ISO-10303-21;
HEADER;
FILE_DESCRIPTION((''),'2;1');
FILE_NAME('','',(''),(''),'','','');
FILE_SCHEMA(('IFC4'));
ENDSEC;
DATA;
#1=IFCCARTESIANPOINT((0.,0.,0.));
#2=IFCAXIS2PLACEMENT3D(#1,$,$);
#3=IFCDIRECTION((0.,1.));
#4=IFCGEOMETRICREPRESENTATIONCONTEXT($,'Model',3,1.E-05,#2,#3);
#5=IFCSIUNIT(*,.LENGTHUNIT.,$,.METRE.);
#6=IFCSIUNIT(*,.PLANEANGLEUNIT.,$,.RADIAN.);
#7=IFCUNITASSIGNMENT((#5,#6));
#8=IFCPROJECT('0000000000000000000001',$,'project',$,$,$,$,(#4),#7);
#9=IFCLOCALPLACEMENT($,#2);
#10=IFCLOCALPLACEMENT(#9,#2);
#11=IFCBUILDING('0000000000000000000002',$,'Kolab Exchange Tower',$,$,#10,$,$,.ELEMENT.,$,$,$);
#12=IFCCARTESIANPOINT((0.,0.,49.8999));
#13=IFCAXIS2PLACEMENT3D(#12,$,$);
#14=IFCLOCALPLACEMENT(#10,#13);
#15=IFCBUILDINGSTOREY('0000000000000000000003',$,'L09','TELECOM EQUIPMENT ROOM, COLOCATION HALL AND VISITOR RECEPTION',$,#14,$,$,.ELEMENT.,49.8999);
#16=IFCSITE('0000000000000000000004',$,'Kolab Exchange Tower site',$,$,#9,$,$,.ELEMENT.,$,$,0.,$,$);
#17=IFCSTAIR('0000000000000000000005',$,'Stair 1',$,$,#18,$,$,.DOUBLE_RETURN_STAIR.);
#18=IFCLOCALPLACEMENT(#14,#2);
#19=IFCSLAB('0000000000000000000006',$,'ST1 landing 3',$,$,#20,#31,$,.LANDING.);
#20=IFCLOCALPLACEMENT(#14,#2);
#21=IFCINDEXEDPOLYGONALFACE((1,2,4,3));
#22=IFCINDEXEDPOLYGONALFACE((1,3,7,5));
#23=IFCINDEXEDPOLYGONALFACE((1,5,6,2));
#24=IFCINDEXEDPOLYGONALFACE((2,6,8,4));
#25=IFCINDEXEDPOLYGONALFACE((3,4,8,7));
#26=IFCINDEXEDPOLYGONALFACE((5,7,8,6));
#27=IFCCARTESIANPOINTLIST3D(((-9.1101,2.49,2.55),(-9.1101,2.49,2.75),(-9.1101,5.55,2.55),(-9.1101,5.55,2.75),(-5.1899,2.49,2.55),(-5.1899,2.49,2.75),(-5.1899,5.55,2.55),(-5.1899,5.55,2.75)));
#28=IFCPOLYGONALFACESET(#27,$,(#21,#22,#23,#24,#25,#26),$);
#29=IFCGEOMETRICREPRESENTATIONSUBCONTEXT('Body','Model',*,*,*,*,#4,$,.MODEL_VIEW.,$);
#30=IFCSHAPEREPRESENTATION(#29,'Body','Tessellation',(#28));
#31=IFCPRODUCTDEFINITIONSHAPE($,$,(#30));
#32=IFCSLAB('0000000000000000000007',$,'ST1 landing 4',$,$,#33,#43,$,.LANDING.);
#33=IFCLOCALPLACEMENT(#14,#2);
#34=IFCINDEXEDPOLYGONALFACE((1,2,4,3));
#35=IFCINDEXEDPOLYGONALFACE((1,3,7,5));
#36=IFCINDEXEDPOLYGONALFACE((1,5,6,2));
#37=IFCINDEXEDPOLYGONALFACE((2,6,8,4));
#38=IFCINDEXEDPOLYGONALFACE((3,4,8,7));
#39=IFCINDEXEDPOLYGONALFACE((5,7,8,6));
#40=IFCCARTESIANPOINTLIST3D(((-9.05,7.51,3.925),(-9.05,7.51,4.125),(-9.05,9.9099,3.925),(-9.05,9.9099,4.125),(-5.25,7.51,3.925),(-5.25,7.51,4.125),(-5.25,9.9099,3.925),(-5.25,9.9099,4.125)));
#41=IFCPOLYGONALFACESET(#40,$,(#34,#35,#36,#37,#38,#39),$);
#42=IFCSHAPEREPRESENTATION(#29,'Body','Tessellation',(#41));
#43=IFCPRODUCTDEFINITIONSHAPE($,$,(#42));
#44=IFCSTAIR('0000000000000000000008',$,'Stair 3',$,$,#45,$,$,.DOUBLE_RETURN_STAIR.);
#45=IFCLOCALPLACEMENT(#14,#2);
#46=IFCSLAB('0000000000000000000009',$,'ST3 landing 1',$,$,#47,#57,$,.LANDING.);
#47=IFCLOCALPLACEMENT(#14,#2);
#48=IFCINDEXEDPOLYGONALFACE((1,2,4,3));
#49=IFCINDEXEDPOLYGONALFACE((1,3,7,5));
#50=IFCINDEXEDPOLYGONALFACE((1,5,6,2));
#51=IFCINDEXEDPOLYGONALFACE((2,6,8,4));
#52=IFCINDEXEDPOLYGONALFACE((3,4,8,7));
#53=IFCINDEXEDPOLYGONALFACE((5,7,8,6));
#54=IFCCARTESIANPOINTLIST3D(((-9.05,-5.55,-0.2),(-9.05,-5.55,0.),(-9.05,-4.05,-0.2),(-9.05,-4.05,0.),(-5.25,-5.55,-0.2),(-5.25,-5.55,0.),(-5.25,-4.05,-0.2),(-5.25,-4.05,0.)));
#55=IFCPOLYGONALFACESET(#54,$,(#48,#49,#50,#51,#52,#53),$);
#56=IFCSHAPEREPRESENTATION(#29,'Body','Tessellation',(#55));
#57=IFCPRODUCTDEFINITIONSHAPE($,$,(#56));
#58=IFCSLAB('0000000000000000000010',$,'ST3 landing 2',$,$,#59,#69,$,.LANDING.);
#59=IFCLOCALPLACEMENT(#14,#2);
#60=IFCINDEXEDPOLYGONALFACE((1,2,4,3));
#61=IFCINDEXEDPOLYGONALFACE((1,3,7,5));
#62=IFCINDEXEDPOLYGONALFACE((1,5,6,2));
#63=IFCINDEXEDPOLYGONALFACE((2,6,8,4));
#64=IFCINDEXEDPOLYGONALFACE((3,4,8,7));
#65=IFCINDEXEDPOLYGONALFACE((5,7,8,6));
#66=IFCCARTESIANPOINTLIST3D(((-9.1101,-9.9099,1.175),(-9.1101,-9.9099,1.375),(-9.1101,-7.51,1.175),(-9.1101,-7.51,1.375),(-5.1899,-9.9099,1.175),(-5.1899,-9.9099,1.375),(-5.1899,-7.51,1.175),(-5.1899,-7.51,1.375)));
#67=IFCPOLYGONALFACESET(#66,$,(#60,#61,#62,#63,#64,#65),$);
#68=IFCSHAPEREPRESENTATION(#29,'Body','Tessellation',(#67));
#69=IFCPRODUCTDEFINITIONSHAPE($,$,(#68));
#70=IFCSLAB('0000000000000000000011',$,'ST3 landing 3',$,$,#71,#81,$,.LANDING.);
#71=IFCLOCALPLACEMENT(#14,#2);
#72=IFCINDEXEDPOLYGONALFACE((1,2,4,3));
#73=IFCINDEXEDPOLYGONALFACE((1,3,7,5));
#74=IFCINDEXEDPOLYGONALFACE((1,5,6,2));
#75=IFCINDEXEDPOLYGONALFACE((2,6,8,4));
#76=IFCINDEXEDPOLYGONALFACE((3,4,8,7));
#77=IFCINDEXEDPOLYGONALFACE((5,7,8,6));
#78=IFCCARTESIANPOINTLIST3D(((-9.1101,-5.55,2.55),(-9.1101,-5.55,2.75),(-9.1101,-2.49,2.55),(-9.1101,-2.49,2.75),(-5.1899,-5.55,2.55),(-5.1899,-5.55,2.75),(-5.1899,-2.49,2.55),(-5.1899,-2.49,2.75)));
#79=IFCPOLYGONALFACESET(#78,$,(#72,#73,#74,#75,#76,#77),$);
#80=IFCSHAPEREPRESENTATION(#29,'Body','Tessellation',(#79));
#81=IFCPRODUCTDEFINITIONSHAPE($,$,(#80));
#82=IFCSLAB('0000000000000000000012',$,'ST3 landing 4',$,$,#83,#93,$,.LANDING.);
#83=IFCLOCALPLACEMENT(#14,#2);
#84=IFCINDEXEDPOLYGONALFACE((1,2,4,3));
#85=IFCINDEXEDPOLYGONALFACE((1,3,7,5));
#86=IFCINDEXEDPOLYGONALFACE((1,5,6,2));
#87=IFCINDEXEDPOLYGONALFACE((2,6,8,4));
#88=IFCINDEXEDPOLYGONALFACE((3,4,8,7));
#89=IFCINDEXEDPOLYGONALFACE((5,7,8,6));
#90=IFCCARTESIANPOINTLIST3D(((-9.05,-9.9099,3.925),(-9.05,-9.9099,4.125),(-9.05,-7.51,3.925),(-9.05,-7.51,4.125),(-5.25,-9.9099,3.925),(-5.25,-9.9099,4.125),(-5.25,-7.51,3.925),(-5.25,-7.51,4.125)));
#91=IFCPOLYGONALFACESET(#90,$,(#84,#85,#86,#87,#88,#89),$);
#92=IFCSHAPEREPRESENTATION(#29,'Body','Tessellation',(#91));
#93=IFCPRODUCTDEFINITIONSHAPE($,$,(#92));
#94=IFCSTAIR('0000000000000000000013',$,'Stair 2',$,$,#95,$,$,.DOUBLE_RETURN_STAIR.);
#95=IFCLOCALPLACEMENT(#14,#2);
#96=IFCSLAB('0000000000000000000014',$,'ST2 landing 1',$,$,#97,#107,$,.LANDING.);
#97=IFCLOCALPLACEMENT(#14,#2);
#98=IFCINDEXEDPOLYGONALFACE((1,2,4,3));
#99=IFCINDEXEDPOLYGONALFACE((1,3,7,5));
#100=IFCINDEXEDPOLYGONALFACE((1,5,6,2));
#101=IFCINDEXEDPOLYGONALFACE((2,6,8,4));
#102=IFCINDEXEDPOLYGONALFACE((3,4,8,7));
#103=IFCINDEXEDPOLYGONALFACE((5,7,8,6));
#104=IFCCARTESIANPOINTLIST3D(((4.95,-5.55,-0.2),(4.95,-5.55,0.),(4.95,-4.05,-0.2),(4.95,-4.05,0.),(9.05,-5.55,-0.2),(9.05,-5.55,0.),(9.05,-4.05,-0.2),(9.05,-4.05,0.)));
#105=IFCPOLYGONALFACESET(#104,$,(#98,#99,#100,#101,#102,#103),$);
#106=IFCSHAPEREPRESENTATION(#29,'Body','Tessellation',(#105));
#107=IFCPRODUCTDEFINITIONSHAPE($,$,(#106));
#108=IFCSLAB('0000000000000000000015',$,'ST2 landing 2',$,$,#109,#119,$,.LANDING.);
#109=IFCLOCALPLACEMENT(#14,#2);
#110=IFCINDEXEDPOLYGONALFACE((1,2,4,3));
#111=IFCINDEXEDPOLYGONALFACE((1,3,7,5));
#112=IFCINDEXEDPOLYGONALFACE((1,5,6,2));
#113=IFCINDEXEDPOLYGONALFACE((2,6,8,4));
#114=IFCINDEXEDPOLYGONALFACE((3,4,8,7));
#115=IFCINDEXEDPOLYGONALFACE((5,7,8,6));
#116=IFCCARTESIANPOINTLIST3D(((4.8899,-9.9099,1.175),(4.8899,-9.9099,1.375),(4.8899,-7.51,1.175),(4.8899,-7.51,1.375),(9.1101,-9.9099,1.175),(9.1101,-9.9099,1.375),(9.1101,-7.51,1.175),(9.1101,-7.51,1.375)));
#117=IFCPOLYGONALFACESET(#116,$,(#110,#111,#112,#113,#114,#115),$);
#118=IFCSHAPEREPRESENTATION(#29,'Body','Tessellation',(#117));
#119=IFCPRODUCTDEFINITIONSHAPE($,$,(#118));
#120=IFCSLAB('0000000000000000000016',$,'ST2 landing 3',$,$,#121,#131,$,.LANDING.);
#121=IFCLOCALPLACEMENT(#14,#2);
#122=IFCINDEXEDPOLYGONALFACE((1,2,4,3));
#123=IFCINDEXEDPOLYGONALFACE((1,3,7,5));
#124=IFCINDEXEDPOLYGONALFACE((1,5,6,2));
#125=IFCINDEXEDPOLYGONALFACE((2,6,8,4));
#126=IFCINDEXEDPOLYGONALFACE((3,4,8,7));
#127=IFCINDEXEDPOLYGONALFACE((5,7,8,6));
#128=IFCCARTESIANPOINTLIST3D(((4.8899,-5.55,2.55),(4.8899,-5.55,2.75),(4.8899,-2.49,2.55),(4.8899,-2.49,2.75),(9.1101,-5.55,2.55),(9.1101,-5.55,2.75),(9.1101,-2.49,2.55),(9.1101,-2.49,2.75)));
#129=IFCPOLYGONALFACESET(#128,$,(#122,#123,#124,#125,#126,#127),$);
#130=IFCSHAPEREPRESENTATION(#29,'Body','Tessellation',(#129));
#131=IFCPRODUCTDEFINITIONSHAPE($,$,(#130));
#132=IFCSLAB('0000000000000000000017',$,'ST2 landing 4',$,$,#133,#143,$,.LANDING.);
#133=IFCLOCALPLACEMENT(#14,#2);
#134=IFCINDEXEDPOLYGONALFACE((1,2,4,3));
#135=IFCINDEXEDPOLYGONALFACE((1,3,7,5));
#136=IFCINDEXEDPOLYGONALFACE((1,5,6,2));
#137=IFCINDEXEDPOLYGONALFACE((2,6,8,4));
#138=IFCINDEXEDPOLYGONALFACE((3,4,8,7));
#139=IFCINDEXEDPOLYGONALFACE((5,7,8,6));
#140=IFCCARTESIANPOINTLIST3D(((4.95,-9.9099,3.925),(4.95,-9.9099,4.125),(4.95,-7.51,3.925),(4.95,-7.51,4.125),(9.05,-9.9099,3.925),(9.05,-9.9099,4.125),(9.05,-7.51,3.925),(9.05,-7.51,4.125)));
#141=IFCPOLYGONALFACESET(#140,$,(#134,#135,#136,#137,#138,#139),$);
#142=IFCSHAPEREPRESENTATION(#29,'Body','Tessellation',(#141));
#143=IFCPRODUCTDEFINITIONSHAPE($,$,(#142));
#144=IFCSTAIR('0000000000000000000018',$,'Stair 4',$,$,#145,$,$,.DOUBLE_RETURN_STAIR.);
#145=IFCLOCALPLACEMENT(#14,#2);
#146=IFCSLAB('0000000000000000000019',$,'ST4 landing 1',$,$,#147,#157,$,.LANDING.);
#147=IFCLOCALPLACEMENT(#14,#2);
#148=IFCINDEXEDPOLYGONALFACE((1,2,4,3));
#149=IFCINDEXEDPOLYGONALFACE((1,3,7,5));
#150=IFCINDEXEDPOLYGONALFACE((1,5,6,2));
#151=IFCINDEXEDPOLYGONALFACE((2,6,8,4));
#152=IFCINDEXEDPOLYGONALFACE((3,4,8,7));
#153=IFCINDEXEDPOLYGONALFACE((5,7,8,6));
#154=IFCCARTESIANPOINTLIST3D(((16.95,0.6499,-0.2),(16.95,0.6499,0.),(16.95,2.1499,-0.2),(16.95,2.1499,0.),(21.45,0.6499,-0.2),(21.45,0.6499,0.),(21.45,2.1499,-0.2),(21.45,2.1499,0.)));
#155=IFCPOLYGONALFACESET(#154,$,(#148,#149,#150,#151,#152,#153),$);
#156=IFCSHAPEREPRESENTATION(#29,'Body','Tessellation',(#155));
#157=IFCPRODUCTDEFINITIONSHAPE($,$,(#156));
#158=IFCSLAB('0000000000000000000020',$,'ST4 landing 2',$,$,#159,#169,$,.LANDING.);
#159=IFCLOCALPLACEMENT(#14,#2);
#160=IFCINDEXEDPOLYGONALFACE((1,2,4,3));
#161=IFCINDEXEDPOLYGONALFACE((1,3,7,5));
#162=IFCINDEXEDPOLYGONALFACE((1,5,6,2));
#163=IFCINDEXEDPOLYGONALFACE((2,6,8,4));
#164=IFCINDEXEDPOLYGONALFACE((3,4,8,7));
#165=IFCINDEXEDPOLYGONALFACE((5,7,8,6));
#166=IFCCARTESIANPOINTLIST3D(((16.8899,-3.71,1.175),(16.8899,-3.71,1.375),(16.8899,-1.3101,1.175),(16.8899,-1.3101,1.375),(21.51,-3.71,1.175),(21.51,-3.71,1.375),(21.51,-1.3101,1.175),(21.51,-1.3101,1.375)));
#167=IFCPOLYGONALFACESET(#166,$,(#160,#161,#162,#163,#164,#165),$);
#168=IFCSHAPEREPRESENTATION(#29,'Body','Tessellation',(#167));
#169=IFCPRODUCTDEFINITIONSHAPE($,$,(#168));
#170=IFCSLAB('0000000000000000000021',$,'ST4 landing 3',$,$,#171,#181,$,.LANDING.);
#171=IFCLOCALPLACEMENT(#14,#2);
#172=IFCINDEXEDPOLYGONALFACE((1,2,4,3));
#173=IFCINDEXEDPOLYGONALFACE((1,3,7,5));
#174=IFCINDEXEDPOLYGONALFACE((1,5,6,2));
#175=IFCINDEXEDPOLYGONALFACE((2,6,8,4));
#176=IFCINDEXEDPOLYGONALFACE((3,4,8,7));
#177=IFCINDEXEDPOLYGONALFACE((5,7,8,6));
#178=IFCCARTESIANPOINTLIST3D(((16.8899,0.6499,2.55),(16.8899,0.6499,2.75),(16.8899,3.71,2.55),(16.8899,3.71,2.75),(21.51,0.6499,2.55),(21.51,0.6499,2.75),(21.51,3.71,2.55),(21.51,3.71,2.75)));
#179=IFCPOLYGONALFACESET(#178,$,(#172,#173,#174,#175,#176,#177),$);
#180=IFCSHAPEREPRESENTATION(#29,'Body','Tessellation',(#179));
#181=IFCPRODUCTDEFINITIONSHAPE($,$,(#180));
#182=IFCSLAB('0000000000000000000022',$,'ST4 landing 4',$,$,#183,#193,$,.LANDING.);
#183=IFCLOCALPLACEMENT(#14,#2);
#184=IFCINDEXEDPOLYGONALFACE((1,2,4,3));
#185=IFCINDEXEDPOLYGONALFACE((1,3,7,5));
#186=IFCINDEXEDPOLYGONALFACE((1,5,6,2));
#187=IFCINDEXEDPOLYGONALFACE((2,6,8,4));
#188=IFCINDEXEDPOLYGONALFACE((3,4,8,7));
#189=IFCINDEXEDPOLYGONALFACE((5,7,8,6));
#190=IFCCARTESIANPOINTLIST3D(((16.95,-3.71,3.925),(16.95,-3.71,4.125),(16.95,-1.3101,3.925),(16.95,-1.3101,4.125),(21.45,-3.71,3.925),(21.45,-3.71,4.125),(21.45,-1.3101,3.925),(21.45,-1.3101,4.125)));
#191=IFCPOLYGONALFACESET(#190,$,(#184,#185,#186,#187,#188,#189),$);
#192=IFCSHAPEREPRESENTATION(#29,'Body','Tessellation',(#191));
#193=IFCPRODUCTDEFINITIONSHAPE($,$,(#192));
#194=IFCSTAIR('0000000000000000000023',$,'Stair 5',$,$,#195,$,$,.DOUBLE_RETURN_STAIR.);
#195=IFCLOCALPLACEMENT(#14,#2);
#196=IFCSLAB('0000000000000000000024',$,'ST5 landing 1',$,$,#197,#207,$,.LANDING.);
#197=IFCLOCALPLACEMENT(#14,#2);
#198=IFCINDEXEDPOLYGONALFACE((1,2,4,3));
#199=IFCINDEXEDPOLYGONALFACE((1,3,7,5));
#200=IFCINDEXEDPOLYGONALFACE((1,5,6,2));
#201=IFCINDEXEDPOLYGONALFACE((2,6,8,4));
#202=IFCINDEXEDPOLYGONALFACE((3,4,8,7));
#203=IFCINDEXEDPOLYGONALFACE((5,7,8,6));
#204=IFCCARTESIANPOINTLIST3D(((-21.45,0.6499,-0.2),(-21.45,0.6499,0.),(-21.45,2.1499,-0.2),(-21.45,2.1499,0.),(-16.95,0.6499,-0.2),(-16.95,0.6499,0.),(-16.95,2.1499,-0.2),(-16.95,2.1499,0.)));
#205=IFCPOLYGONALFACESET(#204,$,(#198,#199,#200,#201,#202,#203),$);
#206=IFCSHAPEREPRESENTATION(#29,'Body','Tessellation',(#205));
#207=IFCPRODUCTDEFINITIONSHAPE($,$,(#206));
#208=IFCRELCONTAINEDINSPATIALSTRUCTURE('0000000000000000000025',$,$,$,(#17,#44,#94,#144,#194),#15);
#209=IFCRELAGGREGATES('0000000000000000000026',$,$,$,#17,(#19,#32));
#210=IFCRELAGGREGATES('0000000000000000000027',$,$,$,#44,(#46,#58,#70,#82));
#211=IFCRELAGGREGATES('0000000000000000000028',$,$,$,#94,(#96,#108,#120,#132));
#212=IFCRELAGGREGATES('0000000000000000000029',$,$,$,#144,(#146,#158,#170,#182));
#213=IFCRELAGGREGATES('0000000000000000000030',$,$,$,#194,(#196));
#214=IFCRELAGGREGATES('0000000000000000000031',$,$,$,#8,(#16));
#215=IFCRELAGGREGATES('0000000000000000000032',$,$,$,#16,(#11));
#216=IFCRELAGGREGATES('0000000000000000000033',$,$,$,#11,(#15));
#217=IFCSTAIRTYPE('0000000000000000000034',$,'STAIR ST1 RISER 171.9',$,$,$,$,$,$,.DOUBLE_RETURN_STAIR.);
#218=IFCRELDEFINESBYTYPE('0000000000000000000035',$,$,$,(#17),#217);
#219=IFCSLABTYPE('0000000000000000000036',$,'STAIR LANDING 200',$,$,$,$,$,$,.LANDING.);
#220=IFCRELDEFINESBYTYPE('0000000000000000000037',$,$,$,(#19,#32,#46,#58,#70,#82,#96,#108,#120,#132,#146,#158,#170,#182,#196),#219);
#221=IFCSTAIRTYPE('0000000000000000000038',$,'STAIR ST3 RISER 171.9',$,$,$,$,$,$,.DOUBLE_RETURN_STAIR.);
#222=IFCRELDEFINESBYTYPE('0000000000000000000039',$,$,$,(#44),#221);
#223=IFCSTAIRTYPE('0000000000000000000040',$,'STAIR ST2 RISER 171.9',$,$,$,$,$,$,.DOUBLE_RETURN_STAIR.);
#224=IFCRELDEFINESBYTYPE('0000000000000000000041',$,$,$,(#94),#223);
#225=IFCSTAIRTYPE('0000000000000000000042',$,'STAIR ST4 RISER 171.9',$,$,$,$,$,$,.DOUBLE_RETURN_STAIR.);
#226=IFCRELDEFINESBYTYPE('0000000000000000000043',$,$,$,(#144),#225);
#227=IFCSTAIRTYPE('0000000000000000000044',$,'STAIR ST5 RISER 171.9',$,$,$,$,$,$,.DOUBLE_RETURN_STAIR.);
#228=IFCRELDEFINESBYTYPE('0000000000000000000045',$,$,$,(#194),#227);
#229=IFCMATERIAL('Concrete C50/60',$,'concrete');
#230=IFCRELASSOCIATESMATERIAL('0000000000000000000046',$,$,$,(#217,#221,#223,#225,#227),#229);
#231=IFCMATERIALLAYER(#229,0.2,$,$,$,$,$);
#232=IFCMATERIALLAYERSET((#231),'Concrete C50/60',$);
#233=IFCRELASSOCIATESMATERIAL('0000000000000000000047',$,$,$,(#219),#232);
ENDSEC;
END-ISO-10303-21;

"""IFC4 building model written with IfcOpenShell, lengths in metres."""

from ifc_helpers import new_model, si_unit, direction, frame, origin, place, context, subcontext, project, spatial, polyline, outline, extrude, material, layer, layer_set, type_object, element, aggregate, save


model = new_model("IFC4")

# Units and contexts
model_context = context("Model", 3, precision=1e-05, world=origin(), true_north=direction((0.0, 1.0)))
body_context = subcontext(model_context, "Body", "Model", "MODEL_VIEW")
ifc_project = project(units=[si_unit("LENGTHUNIT", "METRE"), si_unit("PLANEANGLEUNIT", "RADIAN")], contexts=[model_context])

# Site, building, storey
site_placement = place(None, origin())
site = spatial("IfcSite", under=ifc_project, at=site_placement, Name="Kolab Exchange Tower site", CompositionType="ELEMENT", RefElevation=0.0)
building_placement = place(site_placement, origin())
building = spatial("IfcBuilding", under=site, at=building_placement, Name="Kolab Exchange Tower", CompositionType="ELEMENT")
storey_placement = place(building_placement, frame((0.0, 0.0, 49.8999)))
storey = spatial("IfcBuildingStorey", under=building, at=storey_placement, Name="L09", Description="TELECOM EQUIPMENT ROOM, COLOCATION HALL AND VISITOR RECEPTION", CompositionType="ELEMENT", Elevation=49.8999)

# Stairs, slabs
ifc_material = material(Name="Concrete C50/60", Category="concrete")
stair_type_1 = type_object("IfcStairType", Name="STAIR ST1 RISER 171.9", PredefinedType="DOUBLE_RETURN_STAIR", material=ifc_material)
stair_1_placement = place(storey_placement, origin())
stair_1 = element("IfcStair", 1, at=stair_1_placement, inside=storey, type_object=stair_type_1, Name="Stair 1", PredefinedType="DOUBLE_RETURN_STAIR")
ifc_layer_1 = layer(ifc_material, 0.2)
ifc_layer_set_1 = layer_set([ifc_layer_1], Name="Concrete C50/60")
slab_type = type_object("IfcSlabType", Name="STAIR LANDING 200", PredefinedType="LANDING", material=ifc_layer_set_1)
slab_1_placement = place(storey_placement, frame((0.0, 0.0, 2.55)))
slab_1 = element("IfcSlab", 2, at=slab_1_placement, type_object=slab_type, Name="ST1 landing 3", PredefinedType="LANDING", context=body_context, shape_type="SweptSolid", body=[
    extrude(outline(polyline([(-9.1101, 2.49), (-5.1899, 2.49), (-5.1899, 5.55), (-9.1101, 5.55), (-9.1101, 2.49)])), origin(), (0.0, 0.0, 1.0), 0.2),
])
slab_2_placement = place(storey_placement, frame((0.0, 0.0, 3.925)))
slab_2 = element("IfcSlab", 3, at=slab_2_placement, type_object=slab_type, Name="ST1 landing 4", PredefinedType="LANDING", context=body_context, shape_type="SweptSolid", body=[
    extrude(outline(polyline([(-9.05, 7.51), (-5.25, 7.51), (-5.25, 9.9099), (-9.05, 9.9099), (-9.05, 7.51)])), origin(), (0.0, 0.0, 1.0), 0.2),
])
aggregate(stair_1, [slab_1, slab_2])
stair_type_2 = type_object("IfcStairType", Name="STAIR ST3 RISER 171.9", PredefinedType="DOUBLE_RETURN_STAIR", material=ifc_material)
stair_2_placement = place(storey_placement, origin())
stair_2 = element("IfcStair", 4, at=stair_2_placement, inside=storey, type_object=stair_type_2, Name="Stair 3", PredefinedType="DOUBLE_RETURN_STAIR")
slab_3_placement = place(storey_placement, frame((0.0, 0.0, -0.2)))
slab_3 = element("IfcSlab", 5, at=slab_3_placement, type_object=slab_type, Name="ST3 landing 1", PredefinedType="LANDING", context=body_context, shape_type="SweptSolid", body=[
    extrude(outline(polyline([(-9.05, -5.55), (-5.25, -5.55), (-5.25, -4.05), (-9.05, -4.05), (-9.05, -5.55)])), origin(), (0.0, 0.0, 1.0), 0.2),
])
slab_4_placement = place(storey_placement, frame((0.0, 0.0, 1.175)))
slab_4 = element("IfcSlab", 6, at=slab_4_placement, type_object=slab_type, Name="ST3 landing 2", PredefinedType="LANDING", context=body_context, shape_type="SweptSolid", body=[
    extrude(outline(polyline([(-9.1101, -9.9099), (-5.1899, -9.9099), (-5.1899, -7.51), (-9.1101, -7.51), (-9.1101, -9.9099)])), origin(), (0.0, 0.0, 1.0), 0.2),
])
slab_5_placement = place(storey_placement, frame((0.0, 0.0, 2.55)))
slab_5 = element("IfcSlab", 7, at=slab_5_placement, type_object=slab_type, Name="ST3 landing 3", PredefinedType="LANDING", context=body_context, shape_type="SweptSolid", body=[
    extrude(outline(polyline([(-9.1101, -5.55), (-5.1899, -5.55), (-5.1899, -2.49), (-9.1101, -2.49), (-9.1101, -5.55)])), origin(), (0.0, 0.0, 1.0), 0.2),
])
slab_6_placement = place(storey_placement, frame((0.0, 0.0, 3.925)))
slab_6 = element("IfcSlab", 8, at=slab_6_placement, type_object=slab_type, Name="ST3 landing 4", PredefinedType="LANDING", context=body_context, shape_type="SweptSolid", body=[
    extrude(outline(polyline([(-9.05, -9.9099), (-5.25, -9.9099), (-5.25, -7.51), (-9.05, -7.51), (-9.05, -9.9099)])), origin(), (0.0, 0.0, 1.0), 0.2),
])
aggregate(stair_2, [slab_3, slab_4, slab_5, slab_6])
stair_type_3 = type_object("IfcStairType", Name="STAIR ST2 RISER 171.9", PredefinedType="DOUBLE_RETURN_STAIR", material=ifc_material)
stair_3_placement = place(storey_placement, origin())
stair_3 = element("IfcStair", 9, at=stair_3_placement, inside=storey, type_object=stair_type_3, Name="Stair 2", PredefinedType="DOUBLE_RETURN_STAIR")
slab_7_placement = place(storey_placement, frame((0.0, 0.0, -0.2)))
slab_7 = element("IfcSlab", 10, at=slab_7_placement, type_object=slab_type, Name="ST2 landing 1", PredefinedType="LANDING", context=body_context, shape_type="SweptSolid", body=[
    extrude(outline(polyline([(4.95, -5.55), (9.05, -5.55), (9.05, -4.05), (4.95, -4.05), (4.95, -5.55)])), origin(), (0.0, 0.0, 1.0), 0.2),
])
slab_8_placement = place(storey_placement, frame((0.0, 0.0, 1.175)))
slab_8 = element("IfcSlab", 11, at=slab_8_placement, type_object=slab_type, Name="ST2 landing 2", PredefinedType="LANDING", context=body_context, shape_type="SweptSolid", body=[
    extrude(outline(polyline([(4.8899, -9.9099), (9.1101, -9.9099), (9.1101, -7.51), (4.8899, -7.51), (4.8899, -9.9099)])), origin(), (0.0, 0.0, 1.0), 0.2),
])
slab_9_placement = place(storey_placement, frame((0.0, 0.0, 2.55)))
slab_9 = element("IfcSlab", 12, at=slab_9_placement, type_object=slab_type, Name="ST2 landing 3", PredefinedType="LANDING", context=body_context, shape_type="SweptSolid", body=[
    extrude(outline(polyline([(4.8899, -5.55), (9.1101, -5.55), (9.1101, -2.49), (4.8899, -2.49), (4.8899, -5.55)])), origin(), (0.0, 0.0, 1.0), 0.2),
])
slab_10_placement = place(storey_placement, frame((0.0, 0.0, 3.925)))
slab_10 = element("IfcSlab", 13, at=slab_10_placement, type_object=slab_type, Name="ST2 landing 4", PredefinedType="LANDING", context=body_context, shape_type="SweptSolid", body=[
    extrude(outline(polyline([(4.95, -9.9099), (9.05, -9.9099), (9.05, -7.51), (4.95, -7.51), (4.95, -9.9099)])), origin(), (0.0, 0.0, 1.0), 0.2),
])
aggregate(stair_3, [slab_7, slab_8, slab_9, slab_10])
stair_type_4 = type_object("IfcStairType", Name="STAIR ST4 RISER 171.9", PredefinedType="DOUBLE_RETURN_STAIR", material=ifc_material)
stair_4_placement = place(storey_placement, origin())
stair_4 = element("IfcStair", 14, at=stair_4_placement, inside=storey, type_object=stair_type_4, Name="Stair 4", PredefinedType="DOUBLE_RETURN_STAIR")
slab_11_placement = place(storey_placement, frame((0.0, 0.0, -0.2)))
slab_11 = element("IfcSlab", 15, at=slab_11_placement, type_object=slab_type, Name="ST4 landing 1", PredefinedType="LANDING", context=body_context, shape_type="SweptSolid", body=[
    extrude(outline(polyline([(16.95, 0.6499), (21.45, 0.6499), (21.45, 2.1499), (16.95, 2.1499), (16.95, 0.6499)])), origin(), (0.0, 0.0, 1.0), 0.2),
])
slab_12_placement = place(storey_placement, frame((0.0, 0.0, 1.175)))
slab_12 = element("IfcSlab", 16, at=slab_12_placement, type_object=slab_type, Name="ST4 landing 2", PredefinedType="LANDING", context=body_context, shape_type="SweptSolid", body=[
    extrude(outline(polyline([(16.8899, -3.71), (21.51, -3.71), (21.51, -1.3101), (16.8899, -1.3101), (16.8899, -3.71)])), origin(), (0.0, 0.0, 1.0), 0.2),
])
slab_13_placement = place(storey_placement, frame((0.0, 0.0, 2.55)))
slab_13 = element("IfcSlab", 17, at=slab_13_placement, type_object=slab_type, Name="ST4 landing 3", PredefinedType="LANDING", context=body_context, shape_type="SweptSolid", body=[
    extrude(outline(polyline([(16.8899, 0.6499), (21.51, 0.6499), (21.51, 3.71), (16.8899, 3.71), (16.8899, 0.6499)])), origin(), (0.0, 0.0, 1.0), 0.2),
])
slab_14_placement = place(storey_placement, frame((0.0, 0.0, 3.925)))
slab_14 = element("IfcSlab", 18, at=slab_14_placement, type_object=slab_type, Name="ST4 landing 4", PredefinedType="LANDING", context=body_context, shape_type="SweptSolid", body=[
    extrude(outline(polyline([(16.95, -3.71), (21.45, -3.71), (21.45, -1.3101), (16.95, -1.3101), (16.95, -3.71)])), origin(), (0.0, 0.0, 1.0), 0.2),
])
aggregate(stair_4, [slab_11, slab_12, slab_13, slab_14])
stair_type_5 = type_object("IfcStairType", Name="STAIR ST5 RISER 171.9", PredefinedType="DOUBLE_RETURN_STAIR", material=ifc_material)
stair_5_placement = place(storey_placement, origin())
stair_5 = element("IfcStair", 19, at=stair_5_placement, inside=storey, type_object=stair_type_5, Name="Stair 5", PredefinedType="DOUBLE_RETURN_STAIR")
slab_15_placement = place(storey_placement, frame((0.0, 0.0, -0.2)))
slab_15 = element("IfcSlab", 20, at=slab_15_placement, type_object=slab_type, Name="ST5 landing 1", PredefinedType="LANDING", context=body_context, shape_type="SweptSolid", body=[
    extrude(outline(polyline([(-21.45, 0.6499), (-16.95, 0.6499), (-16.95, 2.1499), (-21.45, 2.1499), (-21.45, 0.6499)])), origin(), (0.0, 0.0, 1.0), 0.2),
])
aggregate(stair_5, [slab_15])

save(model, "model.ifc")
